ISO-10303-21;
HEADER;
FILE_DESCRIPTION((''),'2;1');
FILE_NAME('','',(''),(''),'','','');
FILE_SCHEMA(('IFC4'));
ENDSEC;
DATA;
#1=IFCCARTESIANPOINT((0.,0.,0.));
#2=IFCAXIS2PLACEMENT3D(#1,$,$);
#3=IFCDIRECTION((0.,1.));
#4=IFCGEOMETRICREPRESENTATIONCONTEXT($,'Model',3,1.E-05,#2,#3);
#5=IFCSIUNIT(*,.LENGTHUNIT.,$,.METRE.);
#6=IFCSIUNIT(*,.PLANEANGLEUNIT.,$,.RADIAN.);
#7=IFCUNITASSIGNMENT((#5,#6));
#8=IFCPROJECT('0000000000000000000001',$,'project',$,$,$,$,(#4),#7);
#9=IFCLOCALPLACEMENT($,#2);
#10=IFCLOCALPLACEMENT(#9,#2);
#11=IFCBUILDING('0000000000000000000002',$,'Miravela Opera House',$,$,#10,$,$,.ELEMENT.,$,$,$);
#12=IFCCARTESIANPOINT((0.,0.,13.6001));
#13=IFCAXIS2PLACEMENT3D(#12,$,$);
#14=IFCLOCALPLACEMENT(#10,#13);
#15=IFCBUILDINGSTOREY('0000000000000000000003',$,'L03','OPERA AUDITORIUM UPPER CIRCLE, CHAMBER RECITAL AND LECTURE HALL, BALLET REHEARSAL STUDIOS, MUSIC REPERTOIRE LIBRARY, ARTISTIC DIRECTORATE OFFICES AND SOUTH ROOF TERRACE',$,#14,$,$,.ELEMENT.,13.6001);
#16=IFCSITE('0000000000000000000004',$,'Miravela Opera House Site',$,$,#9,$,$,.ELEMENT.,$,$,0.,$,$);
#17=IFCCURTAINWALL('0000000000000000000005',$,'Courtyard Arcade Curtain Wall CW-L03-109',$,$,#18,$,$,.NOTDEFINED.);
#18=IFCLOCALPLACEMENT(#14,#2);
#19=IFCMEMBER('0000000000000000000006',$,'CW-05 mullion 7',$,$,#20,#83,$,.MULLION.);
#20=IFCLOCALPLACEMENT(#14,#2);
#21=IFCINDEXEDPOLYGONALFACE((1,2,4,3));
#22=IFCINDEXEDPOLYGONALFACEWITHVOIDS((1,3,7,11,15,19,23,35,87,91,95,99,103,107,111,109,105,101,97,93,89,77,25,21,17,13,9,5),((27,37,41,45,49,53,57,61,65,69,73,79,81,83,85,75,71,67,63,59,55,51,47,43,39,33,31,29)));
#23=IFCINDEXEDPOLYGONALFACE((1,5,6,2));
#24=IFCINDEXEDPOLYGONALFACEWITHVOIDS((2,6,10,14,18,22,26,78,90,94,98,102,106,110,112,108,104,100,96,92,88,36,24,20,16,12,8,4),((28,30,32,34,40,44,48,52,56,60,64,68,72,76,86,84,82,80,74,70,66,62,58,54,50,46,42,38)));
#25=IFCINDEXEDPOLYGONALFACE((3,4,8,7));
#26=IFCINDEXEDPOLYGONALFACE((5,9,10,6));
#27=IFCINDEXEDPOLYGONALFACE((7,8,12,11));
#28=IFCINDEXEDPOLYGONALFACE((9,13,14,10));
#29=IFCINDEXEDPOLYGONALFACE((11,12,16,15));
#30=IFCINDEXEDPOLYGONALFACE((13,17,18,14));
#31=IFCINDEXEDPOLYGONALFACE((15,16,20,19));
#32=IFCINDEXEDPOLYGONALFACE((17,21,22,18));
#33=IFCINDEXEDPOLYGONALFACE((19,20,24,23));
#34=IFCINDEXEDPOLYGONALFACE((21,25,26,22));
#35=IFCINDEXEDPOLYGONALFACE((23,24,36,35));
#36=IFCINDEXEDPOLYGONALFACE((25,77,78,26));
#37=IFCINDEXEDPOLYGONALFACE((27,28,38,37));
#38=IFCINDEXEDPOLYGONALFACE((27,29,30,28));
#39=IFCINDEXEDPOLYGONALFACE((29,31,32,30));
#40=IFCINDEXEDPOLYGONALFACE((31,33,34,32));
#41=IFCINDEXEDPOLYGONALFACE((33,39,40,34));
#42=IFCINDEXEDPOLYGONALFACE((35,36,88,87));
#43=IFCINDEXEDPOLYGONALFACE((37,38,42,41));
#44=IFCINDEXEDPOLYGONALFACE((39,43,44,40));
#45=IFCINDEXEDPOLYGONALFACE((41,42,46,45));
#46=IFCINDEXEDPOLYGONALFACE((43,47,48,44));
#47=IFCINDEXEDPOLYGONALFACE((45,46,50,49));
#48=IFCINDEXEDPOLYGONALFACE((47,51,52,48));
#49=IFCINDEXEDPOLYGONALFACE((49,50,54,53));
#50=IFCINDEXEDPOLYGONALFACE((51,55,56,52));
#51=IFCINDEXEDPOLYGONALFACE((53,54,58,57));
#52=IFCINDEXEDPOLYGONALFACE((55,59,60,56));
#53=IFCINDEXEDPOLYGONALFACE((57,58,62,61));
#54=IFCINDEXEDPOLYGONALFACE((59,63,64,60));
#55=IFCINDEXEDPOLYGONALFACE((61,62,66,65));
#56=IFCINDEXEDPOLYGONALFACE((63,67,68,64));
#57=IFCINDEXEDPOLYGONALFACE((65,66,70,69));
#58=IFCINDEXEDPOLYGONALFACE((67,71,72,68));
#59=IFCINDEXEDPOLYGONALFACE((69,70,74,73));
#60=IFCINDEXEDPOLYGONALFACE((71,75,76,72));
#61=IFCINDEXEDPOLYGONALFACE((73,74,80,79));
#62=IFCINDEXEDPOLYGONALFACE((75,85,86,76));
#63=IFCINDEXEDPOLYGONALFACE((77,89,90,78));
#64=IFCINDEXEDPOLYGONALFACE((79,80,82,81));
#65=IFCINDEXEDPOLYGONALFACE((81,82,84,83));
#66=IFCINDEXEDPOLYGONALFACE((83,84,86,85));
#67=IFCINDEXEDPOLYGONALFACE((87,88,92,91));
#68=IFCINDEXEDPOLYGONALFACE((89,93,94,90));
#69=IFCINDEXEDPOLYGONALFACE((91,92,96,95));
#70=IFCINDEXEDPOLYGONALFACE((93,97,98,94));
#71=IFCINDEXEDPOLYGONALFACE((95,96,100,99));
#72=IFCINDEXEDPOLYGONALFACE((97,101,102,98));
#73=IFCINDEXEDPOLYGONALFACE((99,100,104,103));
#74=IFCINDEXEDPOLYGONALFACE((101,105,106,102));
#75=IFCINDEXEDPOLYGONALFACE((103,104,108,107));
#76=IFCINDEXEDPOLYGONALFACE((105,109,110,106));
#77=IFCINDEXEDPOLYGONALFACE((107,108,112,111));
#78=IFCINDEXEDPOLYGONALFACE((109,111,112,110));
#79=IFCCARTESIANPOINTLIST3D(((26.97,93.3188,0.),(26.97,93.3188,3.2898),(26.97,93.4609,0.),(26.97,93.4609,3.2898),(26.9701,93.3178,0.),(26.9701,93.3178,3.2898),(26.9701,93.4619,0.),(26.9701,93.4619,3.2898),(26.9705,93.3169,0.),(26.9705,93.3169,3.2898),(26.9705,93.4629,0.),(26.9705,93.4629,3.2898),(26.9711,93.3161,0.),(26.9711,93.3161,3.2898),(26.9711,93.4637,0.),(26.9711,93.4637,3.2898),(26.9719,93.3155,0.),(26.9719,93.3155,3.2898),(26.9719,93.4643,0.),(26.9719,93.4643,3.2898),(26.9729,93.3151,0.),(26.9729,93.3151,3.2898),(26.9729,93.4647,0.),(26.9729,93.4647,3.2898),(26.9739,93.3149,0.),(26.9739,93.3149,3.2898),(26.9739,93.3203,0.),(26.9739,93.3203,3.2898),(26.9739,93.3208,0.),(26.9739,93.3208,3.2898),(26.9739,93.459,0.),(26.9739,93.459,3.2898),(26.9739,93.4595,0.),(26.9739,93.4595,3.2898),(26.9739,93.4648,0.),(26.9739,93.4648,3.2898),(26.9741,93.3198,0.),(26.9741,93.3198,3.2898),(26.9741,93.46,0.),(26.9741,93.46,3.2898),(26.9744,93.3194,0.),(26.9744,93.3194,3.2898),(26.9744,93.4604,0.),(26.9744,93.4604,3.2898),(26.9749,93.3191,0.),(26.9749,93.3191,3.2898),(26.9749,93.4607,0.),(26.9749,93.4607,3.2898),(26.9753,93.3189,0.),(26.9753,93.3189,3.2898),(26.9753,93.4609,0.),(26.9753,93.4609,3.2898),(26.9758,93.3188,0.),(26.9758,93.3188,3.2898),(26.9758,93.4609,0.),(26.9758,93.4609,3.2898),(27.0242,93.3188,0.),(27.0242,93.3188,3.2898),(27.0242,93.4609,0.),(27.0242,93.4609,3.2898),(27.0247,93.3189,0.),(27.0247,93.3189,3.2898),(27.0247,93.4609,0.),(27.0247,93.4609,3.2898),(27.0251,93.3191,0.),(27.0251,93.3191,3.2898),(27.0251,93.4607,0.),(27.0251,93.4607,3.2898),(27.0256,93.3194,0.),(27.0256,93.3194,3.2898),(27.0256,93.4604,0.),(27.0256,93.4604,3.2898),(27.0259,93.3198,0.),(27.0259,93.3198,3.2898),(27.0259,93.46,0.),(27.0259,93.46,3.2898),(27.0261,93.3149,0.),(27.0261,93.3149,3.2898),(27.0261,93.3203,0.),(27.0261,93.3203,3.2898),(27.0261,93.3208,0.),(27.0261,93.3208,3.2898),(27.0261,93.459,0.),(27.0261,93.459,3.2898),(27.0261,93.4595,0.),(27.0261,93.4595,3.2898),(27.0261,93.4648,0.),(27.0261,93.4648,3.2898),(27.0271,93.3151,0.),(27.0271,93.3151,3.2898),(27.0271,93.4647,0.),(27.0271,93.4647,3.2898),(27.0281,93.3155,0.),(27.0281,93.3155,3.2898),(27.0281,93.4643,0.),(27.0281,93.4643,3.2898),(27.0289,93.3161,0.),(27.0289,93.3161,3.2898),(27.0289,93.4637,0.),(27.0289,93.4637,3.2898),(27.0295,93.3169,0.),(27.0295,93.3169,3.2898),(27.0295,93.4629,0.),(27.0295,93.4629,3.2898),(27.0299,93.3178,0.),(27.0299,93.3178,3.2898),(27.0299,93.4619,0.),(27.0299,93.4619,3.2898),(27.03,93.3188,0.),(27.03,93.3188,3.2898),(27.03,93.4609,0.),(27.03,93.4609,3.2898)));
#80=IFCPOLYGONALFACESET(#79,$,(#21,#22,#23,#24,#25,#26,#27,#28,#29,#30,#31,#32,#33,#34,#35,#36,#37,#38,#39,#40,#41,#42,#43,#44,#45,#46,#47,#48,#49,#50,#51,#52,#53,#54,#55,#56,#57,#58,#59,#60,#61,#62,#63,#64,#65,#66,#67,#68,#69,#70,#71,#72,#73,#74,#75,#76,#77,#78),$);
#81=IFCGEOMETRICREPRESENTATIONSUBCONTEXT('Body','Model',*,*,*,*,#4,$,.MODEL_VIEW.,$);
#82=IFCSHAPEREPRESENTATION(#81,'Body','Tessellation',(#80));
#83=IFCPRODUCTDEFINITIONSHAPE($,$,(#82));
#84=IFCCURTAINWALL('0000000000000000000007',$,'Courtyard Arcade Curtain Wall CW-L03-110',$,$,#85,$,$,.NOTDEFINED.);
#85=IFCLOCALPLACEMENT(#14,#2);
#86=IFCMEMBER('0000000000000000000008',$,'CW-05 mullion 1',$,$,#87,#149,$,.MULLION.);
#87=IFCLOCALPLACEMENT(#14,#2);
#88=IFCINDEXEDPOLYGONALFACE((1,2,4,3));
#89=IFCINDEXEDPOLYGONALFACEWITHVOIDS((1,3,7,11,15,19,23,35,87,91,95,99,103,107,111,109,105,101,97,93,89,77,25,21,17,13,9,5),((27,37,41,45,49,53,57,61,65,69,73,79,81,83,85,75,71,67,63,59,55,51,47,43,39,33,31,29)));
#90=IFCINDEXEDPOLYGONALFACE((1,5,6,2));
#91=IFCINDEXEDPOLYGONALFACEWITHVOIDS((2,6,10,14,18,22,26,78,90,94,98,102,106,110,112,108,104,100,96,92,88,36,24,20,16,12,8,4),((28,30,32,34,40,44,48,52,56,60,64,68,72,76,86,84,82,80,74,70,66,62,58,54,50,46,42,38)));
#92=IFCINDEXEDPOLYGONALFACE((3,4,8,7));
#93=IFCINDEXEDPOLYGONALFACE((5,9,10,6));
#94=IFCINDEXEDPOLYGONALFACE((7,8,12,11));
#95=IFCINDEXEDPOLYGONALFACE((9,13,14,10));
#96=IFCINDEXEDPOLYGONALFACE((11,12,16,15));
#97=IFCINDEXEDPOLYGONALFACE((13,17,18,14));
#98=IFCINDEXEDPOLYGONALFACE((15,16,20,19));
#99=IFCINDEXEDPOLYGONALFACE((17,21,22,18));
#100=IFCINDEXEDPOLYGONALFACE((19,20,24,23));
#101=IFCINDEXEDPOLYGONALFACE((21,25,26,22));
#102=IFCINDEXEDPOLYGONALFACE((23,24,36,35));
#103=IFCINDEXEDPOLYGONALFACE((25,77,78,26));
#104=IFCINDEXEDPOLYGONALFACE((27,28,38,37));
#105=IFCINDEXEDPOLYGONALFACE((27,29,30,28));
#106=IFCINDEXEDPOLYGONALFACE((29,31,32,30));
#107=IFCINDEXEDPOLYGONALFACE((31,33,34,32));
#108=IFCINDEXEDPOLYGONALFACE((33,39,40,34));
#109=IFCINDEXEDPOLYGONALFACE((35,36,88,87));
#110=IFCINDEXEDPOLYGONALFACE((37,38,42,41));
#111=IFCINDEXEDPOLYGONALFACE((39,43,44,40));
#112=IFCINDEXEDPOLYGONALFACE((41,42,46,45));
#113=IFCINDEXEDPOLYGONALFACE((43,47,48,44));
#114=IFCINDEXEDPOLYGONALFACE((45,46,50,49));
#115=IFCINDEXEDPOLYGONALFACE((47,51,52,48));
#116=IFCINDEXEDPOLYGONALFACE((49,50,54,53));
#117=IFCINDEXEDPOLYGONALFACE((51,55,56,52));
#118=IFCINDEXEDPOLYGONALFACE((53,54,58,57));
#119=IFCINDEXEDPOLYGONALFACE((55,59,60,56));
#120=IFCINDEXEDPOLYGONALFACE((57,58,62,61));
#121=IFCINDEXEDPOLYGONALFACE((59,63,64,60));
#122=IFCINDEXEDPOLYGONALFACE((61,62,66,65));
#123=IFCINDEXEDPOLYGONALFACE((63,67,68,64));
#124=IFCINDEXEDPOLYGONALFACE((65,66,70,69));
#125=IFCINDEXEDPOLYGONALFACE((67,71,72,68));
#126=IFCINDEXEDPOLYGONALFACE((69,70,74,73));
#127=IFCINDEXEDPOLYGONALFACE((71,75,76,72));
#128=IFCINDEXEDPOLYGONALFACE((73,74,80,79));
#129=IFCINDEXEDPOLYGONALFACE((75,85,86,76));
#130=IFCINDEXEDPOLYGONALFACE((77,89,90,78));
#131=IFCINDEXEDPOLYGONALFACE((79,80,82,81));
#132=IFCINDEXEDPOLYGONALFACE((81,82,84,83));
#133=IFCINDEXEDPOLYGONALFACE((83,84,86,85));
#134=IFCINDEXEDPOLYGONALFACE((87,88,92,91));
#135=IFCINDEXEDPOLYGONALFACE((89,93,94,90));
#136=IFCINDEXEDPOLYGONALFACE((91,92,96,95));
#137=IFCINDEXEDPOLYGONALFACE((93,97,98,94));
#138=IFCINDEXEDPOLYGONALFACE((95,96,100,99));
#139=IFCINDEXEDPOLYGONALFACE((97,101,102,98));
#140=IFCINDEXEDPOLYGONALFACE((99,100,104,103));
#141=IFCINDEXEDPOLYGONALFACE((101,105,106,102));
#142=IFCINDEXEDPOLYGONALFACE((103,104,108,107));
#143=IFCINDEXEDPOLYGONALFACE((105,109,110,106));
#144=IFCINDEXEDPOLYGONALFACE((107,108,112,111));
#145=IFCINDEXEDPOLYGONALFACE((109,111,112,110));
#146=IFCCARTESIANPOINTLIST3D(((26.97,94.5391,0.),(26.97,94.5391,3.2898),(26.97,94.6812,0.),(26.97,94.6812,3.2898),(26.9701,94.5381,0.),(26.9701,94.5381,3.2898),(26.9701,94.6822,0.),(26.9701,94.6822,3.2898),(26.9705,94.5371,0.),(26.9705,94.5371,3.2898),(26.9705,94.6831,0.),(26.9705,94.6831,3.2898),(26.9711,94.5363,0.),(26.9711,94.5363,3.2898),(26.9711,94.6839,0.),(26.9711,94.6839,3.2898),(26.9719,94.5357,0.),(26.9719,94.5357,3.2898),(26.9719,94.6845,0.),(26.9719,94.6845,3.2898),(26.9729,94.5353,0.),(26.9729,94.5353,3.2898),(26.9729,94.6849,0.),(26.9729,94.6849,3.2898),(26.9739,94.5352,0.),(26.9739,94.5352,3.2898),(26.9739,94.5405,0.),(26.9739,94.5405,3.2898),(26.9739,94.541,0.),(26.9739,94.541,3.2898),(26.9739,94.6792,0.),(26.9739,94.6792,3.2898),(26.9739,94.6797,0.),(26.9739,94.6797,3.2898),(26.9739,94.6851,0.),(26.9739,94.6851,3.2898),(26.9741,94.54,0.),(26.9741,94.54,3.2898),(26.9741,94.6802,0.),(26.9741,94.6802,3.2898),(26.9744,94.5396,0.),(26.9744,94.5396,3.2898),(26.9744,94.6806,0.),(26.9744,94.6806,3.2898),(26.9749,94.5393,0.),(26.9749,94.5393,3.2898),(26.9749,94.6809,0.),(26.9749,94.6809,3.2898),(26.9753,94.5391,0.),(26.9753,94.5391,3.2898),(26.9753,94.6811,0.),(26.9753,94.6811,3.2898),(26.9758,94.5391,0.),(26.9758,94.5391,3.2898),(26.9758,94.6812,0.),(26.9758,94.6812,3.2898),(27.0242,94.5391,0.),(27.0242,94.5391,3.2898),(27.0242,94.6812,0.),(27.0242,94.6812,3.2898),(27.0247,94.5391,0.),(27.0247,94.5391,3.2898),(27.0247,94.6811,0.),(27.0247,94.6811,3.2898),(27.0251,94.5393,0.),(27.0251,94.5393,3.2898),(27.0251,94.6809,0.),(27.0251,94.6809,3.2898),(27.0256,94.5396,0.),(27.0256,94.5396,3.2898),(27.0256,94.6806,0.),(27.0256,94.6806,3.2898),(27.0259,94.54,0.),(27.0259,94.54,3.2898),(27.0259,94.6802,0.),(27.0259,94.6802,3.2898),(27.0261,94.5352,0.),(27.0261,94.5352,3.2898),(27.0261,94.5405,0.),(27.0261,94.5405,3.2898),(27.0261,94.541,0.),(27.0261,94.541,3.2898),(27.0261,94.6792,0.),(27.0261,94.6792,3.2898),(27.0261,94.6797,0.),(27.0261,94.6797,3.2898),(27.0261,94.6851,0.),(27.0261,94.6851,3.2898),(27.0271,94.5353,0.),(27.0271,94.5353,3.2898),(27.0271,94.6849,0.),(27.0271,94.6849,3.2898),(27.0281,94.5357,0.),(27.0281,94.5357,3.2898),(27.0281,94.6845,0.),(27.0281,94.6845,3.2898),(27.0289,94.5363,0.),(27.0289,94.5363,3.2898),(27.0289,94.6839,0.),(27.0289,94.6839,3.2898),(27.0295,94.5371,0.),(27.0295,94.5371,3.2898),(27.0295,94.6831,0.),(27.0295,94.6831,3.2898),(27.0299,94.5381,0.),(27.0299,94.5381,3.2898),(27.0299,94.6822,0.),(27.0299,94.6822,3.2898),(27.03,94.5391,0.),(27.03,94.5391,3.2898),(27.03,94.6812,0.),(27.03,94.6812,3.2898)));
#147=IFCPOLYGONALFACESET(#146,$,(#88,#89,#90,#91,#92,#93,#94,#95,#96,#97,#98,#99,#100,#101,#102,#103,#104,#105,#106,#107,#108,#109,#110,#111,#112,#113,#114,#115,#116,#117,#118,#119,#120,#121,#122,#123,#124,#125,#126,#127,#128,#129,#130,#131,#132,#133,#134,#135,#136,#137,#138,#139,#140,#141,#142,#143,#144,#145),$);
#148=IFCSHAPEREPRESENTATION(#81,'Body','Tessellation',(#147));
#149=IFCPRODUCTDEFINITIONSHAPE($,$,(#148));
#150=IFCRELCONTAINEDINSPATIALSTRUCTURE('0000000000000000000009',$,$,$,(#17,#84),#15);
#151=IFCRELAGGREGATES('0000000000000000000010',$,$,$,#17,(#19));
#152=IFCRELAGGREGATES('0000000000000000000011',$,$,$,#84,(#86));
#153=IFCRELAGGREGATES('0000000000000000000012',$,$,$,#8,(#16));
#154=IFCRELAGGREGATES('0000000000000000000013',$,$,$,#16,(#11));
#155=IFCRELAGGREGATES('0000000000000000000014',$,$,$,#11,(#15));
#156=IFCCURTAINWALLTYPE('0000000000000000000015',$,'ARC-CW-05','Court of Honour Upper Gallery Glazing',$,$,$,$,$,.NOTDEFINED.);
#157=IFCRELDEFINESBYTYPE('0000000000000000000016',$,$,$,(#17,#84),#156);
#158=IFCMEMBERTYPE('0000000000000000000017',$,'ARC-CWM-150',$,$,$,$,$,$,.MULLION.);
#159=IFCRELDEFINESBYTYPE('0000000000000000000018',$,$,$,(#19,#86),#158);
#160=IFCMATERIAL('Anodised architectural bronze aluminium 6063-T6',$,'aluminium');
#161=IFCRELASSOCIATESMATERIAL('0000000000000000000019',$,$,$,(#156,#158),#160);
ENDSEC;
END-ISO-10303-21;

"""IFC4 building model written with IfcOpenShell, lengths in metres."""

from ifc_helpers import new_model, si_unit, direction, frame, origin, origin_2d, place, context, subcontext, project, spatial, hollow_rectangle, extrude, material, material_profile, profile_set, type_object, element, aggregate, save


model = new_model("IFC4")

# Units and contexts
model_context = context("Model", 3, precision=1e-05, world=origin(), true_north=direction((0.0, 1.0)))
body_context = subcontext(model_context, "Body", "Model", "MODEL_VIEW")
ifc_project = project(units=[si_unit("LENGTHUNIT", "METRE"), si_unit("PLANEANGLEUNIT", "RADIAN")], contexts=[model_context])

# Site, building, storey
site_placement = place(None, origin())
site = spatial("IfcSite", under=ifc_project, at=site_placement, Name="Miravela Opera House Site", CompositionType="ELEMENT", RefElevation=0.0)
building_placement = place(site_placement, origin())
building = spatial("IfcBuilding", under=site, at=building_placement, Name="Miravela Opera House", CompositionType="ELEMENT")
storey_placement = place(building_placement, frame((0.0, 0.0, 13.6001)))
storey = spatial("IfcBuildingStorey", under=building, at=storey_placement, Name="L03", Description="OPERA AUDITORIUM UPPER CIRCLE, CHAMBER RECITAL AND LECTURE HALL, BALLET REHEARSAL STUDIOS, MUSIC REPERTOIRE LIBRARY, ARTISTIC DIRECTORATE OFFICES AND SOUTH ROOF TERRACE", CompositionType="ELEMENT", Elevation=13.6001)

# Curtain walls, members
ifc_material_1 = material(Name="Anodised architectural bronze aluminium 6063-T6", Category="aluminium")
curtain_wall_type = type_object("IfcCurtainWallType", Name="ARC-CW-05", Description="Court of Honour Upper Gallery Glazing", PredefinedType="NOTDEFINED", material=ifc_material_1)
curtain_wall_1_placement = place(storey_placement, origin())
curtain_wall_1 = element("IfcCurtainWall", 1, at=curtain_wall_1_placement, inside=storey, type_object=curtain_wall_type, Name="Courtyard Arcade Curtain Wall CW-L03-109", PredefinedType="NOTDEFINED")
ifc_material_profile_1 = material_profile(ifc_material_1, hollow_rectangle(XDim=0.0601, YDim=0.1499, WallThickness=0.0039, InnerFilletRadius=0.002, OuterFilletRadius=0.0039, at=origin_2d()), Name="CWM-60X150")
ifc_profile_set_1 = profile_set([ifc_material_profile_1])
member_type_1 = type_object("IfcMemberType", Name="ARC-CWM-150", PredefinedType="MULLION", material=ifc_profile_set_1)
member_1_placement = place(storey_placement, frame((27.0, 93.3899, 0.0), z_axis=(0.0, 0.0, 1.0), x_axis=(-1.0, 0.0, 0.0)))
member_1 = element("IfcMember", 2, at=member_1_placement, type_object=member_type_1, Name="CW-05 mullion 7", PredefinedType="MULLION", context=body_context, shape_type="SweptSolid", body=[
    extrude(hollow_rectangle(XDim=0.0601, YDim=0.1499, WallThickness=0.0039, InnerFilletRadius=0.002, OuterFilletRadius=0.0039, at=origin_2d()), origin(), (0.0, 0.0, 1.0), 3.2898),
])
curtain_wall_2_placement = place(storey_placement, origin())
curtain_wall_2 = element("IfcCurtainWall", 3, at=curtain_wall_2_placement, inside=storey, type_object=curtain_wall_type, Name="Courtyard Arcade Curtain Wall CW-L03-110", PredefinedType="NOTDEFINED")
member_2_placement = place(storey_placement, frame((27.0, 94.6101, 0.0), z_axis=(0.0, 0.0, 1.0), x_axis=(-1.0, 0.0, 0.0)))
member_2 = element("IfcMember", 4, at=member_2_placement, type_object=member_type_1, Name="CW-05 mullion 1", PredefinedType="MULLION", context=body_context, shape_type="SweptSolid", body=[
    extrude(hollow_rectangle(XDim=0.0601, YDim=0.1499, WallThickness=0.0039, InnerFilletRadius=0.002, OuterFilletRadius=0.0039, at=origin_2d()), origin(), (0.0, 0.0, 1.0), 3.2898),
])

aggregate(curtain_wall_1, [member_1])
aggregate(curtain_wall_2, [member_2])

save(model, "model.ifc")
